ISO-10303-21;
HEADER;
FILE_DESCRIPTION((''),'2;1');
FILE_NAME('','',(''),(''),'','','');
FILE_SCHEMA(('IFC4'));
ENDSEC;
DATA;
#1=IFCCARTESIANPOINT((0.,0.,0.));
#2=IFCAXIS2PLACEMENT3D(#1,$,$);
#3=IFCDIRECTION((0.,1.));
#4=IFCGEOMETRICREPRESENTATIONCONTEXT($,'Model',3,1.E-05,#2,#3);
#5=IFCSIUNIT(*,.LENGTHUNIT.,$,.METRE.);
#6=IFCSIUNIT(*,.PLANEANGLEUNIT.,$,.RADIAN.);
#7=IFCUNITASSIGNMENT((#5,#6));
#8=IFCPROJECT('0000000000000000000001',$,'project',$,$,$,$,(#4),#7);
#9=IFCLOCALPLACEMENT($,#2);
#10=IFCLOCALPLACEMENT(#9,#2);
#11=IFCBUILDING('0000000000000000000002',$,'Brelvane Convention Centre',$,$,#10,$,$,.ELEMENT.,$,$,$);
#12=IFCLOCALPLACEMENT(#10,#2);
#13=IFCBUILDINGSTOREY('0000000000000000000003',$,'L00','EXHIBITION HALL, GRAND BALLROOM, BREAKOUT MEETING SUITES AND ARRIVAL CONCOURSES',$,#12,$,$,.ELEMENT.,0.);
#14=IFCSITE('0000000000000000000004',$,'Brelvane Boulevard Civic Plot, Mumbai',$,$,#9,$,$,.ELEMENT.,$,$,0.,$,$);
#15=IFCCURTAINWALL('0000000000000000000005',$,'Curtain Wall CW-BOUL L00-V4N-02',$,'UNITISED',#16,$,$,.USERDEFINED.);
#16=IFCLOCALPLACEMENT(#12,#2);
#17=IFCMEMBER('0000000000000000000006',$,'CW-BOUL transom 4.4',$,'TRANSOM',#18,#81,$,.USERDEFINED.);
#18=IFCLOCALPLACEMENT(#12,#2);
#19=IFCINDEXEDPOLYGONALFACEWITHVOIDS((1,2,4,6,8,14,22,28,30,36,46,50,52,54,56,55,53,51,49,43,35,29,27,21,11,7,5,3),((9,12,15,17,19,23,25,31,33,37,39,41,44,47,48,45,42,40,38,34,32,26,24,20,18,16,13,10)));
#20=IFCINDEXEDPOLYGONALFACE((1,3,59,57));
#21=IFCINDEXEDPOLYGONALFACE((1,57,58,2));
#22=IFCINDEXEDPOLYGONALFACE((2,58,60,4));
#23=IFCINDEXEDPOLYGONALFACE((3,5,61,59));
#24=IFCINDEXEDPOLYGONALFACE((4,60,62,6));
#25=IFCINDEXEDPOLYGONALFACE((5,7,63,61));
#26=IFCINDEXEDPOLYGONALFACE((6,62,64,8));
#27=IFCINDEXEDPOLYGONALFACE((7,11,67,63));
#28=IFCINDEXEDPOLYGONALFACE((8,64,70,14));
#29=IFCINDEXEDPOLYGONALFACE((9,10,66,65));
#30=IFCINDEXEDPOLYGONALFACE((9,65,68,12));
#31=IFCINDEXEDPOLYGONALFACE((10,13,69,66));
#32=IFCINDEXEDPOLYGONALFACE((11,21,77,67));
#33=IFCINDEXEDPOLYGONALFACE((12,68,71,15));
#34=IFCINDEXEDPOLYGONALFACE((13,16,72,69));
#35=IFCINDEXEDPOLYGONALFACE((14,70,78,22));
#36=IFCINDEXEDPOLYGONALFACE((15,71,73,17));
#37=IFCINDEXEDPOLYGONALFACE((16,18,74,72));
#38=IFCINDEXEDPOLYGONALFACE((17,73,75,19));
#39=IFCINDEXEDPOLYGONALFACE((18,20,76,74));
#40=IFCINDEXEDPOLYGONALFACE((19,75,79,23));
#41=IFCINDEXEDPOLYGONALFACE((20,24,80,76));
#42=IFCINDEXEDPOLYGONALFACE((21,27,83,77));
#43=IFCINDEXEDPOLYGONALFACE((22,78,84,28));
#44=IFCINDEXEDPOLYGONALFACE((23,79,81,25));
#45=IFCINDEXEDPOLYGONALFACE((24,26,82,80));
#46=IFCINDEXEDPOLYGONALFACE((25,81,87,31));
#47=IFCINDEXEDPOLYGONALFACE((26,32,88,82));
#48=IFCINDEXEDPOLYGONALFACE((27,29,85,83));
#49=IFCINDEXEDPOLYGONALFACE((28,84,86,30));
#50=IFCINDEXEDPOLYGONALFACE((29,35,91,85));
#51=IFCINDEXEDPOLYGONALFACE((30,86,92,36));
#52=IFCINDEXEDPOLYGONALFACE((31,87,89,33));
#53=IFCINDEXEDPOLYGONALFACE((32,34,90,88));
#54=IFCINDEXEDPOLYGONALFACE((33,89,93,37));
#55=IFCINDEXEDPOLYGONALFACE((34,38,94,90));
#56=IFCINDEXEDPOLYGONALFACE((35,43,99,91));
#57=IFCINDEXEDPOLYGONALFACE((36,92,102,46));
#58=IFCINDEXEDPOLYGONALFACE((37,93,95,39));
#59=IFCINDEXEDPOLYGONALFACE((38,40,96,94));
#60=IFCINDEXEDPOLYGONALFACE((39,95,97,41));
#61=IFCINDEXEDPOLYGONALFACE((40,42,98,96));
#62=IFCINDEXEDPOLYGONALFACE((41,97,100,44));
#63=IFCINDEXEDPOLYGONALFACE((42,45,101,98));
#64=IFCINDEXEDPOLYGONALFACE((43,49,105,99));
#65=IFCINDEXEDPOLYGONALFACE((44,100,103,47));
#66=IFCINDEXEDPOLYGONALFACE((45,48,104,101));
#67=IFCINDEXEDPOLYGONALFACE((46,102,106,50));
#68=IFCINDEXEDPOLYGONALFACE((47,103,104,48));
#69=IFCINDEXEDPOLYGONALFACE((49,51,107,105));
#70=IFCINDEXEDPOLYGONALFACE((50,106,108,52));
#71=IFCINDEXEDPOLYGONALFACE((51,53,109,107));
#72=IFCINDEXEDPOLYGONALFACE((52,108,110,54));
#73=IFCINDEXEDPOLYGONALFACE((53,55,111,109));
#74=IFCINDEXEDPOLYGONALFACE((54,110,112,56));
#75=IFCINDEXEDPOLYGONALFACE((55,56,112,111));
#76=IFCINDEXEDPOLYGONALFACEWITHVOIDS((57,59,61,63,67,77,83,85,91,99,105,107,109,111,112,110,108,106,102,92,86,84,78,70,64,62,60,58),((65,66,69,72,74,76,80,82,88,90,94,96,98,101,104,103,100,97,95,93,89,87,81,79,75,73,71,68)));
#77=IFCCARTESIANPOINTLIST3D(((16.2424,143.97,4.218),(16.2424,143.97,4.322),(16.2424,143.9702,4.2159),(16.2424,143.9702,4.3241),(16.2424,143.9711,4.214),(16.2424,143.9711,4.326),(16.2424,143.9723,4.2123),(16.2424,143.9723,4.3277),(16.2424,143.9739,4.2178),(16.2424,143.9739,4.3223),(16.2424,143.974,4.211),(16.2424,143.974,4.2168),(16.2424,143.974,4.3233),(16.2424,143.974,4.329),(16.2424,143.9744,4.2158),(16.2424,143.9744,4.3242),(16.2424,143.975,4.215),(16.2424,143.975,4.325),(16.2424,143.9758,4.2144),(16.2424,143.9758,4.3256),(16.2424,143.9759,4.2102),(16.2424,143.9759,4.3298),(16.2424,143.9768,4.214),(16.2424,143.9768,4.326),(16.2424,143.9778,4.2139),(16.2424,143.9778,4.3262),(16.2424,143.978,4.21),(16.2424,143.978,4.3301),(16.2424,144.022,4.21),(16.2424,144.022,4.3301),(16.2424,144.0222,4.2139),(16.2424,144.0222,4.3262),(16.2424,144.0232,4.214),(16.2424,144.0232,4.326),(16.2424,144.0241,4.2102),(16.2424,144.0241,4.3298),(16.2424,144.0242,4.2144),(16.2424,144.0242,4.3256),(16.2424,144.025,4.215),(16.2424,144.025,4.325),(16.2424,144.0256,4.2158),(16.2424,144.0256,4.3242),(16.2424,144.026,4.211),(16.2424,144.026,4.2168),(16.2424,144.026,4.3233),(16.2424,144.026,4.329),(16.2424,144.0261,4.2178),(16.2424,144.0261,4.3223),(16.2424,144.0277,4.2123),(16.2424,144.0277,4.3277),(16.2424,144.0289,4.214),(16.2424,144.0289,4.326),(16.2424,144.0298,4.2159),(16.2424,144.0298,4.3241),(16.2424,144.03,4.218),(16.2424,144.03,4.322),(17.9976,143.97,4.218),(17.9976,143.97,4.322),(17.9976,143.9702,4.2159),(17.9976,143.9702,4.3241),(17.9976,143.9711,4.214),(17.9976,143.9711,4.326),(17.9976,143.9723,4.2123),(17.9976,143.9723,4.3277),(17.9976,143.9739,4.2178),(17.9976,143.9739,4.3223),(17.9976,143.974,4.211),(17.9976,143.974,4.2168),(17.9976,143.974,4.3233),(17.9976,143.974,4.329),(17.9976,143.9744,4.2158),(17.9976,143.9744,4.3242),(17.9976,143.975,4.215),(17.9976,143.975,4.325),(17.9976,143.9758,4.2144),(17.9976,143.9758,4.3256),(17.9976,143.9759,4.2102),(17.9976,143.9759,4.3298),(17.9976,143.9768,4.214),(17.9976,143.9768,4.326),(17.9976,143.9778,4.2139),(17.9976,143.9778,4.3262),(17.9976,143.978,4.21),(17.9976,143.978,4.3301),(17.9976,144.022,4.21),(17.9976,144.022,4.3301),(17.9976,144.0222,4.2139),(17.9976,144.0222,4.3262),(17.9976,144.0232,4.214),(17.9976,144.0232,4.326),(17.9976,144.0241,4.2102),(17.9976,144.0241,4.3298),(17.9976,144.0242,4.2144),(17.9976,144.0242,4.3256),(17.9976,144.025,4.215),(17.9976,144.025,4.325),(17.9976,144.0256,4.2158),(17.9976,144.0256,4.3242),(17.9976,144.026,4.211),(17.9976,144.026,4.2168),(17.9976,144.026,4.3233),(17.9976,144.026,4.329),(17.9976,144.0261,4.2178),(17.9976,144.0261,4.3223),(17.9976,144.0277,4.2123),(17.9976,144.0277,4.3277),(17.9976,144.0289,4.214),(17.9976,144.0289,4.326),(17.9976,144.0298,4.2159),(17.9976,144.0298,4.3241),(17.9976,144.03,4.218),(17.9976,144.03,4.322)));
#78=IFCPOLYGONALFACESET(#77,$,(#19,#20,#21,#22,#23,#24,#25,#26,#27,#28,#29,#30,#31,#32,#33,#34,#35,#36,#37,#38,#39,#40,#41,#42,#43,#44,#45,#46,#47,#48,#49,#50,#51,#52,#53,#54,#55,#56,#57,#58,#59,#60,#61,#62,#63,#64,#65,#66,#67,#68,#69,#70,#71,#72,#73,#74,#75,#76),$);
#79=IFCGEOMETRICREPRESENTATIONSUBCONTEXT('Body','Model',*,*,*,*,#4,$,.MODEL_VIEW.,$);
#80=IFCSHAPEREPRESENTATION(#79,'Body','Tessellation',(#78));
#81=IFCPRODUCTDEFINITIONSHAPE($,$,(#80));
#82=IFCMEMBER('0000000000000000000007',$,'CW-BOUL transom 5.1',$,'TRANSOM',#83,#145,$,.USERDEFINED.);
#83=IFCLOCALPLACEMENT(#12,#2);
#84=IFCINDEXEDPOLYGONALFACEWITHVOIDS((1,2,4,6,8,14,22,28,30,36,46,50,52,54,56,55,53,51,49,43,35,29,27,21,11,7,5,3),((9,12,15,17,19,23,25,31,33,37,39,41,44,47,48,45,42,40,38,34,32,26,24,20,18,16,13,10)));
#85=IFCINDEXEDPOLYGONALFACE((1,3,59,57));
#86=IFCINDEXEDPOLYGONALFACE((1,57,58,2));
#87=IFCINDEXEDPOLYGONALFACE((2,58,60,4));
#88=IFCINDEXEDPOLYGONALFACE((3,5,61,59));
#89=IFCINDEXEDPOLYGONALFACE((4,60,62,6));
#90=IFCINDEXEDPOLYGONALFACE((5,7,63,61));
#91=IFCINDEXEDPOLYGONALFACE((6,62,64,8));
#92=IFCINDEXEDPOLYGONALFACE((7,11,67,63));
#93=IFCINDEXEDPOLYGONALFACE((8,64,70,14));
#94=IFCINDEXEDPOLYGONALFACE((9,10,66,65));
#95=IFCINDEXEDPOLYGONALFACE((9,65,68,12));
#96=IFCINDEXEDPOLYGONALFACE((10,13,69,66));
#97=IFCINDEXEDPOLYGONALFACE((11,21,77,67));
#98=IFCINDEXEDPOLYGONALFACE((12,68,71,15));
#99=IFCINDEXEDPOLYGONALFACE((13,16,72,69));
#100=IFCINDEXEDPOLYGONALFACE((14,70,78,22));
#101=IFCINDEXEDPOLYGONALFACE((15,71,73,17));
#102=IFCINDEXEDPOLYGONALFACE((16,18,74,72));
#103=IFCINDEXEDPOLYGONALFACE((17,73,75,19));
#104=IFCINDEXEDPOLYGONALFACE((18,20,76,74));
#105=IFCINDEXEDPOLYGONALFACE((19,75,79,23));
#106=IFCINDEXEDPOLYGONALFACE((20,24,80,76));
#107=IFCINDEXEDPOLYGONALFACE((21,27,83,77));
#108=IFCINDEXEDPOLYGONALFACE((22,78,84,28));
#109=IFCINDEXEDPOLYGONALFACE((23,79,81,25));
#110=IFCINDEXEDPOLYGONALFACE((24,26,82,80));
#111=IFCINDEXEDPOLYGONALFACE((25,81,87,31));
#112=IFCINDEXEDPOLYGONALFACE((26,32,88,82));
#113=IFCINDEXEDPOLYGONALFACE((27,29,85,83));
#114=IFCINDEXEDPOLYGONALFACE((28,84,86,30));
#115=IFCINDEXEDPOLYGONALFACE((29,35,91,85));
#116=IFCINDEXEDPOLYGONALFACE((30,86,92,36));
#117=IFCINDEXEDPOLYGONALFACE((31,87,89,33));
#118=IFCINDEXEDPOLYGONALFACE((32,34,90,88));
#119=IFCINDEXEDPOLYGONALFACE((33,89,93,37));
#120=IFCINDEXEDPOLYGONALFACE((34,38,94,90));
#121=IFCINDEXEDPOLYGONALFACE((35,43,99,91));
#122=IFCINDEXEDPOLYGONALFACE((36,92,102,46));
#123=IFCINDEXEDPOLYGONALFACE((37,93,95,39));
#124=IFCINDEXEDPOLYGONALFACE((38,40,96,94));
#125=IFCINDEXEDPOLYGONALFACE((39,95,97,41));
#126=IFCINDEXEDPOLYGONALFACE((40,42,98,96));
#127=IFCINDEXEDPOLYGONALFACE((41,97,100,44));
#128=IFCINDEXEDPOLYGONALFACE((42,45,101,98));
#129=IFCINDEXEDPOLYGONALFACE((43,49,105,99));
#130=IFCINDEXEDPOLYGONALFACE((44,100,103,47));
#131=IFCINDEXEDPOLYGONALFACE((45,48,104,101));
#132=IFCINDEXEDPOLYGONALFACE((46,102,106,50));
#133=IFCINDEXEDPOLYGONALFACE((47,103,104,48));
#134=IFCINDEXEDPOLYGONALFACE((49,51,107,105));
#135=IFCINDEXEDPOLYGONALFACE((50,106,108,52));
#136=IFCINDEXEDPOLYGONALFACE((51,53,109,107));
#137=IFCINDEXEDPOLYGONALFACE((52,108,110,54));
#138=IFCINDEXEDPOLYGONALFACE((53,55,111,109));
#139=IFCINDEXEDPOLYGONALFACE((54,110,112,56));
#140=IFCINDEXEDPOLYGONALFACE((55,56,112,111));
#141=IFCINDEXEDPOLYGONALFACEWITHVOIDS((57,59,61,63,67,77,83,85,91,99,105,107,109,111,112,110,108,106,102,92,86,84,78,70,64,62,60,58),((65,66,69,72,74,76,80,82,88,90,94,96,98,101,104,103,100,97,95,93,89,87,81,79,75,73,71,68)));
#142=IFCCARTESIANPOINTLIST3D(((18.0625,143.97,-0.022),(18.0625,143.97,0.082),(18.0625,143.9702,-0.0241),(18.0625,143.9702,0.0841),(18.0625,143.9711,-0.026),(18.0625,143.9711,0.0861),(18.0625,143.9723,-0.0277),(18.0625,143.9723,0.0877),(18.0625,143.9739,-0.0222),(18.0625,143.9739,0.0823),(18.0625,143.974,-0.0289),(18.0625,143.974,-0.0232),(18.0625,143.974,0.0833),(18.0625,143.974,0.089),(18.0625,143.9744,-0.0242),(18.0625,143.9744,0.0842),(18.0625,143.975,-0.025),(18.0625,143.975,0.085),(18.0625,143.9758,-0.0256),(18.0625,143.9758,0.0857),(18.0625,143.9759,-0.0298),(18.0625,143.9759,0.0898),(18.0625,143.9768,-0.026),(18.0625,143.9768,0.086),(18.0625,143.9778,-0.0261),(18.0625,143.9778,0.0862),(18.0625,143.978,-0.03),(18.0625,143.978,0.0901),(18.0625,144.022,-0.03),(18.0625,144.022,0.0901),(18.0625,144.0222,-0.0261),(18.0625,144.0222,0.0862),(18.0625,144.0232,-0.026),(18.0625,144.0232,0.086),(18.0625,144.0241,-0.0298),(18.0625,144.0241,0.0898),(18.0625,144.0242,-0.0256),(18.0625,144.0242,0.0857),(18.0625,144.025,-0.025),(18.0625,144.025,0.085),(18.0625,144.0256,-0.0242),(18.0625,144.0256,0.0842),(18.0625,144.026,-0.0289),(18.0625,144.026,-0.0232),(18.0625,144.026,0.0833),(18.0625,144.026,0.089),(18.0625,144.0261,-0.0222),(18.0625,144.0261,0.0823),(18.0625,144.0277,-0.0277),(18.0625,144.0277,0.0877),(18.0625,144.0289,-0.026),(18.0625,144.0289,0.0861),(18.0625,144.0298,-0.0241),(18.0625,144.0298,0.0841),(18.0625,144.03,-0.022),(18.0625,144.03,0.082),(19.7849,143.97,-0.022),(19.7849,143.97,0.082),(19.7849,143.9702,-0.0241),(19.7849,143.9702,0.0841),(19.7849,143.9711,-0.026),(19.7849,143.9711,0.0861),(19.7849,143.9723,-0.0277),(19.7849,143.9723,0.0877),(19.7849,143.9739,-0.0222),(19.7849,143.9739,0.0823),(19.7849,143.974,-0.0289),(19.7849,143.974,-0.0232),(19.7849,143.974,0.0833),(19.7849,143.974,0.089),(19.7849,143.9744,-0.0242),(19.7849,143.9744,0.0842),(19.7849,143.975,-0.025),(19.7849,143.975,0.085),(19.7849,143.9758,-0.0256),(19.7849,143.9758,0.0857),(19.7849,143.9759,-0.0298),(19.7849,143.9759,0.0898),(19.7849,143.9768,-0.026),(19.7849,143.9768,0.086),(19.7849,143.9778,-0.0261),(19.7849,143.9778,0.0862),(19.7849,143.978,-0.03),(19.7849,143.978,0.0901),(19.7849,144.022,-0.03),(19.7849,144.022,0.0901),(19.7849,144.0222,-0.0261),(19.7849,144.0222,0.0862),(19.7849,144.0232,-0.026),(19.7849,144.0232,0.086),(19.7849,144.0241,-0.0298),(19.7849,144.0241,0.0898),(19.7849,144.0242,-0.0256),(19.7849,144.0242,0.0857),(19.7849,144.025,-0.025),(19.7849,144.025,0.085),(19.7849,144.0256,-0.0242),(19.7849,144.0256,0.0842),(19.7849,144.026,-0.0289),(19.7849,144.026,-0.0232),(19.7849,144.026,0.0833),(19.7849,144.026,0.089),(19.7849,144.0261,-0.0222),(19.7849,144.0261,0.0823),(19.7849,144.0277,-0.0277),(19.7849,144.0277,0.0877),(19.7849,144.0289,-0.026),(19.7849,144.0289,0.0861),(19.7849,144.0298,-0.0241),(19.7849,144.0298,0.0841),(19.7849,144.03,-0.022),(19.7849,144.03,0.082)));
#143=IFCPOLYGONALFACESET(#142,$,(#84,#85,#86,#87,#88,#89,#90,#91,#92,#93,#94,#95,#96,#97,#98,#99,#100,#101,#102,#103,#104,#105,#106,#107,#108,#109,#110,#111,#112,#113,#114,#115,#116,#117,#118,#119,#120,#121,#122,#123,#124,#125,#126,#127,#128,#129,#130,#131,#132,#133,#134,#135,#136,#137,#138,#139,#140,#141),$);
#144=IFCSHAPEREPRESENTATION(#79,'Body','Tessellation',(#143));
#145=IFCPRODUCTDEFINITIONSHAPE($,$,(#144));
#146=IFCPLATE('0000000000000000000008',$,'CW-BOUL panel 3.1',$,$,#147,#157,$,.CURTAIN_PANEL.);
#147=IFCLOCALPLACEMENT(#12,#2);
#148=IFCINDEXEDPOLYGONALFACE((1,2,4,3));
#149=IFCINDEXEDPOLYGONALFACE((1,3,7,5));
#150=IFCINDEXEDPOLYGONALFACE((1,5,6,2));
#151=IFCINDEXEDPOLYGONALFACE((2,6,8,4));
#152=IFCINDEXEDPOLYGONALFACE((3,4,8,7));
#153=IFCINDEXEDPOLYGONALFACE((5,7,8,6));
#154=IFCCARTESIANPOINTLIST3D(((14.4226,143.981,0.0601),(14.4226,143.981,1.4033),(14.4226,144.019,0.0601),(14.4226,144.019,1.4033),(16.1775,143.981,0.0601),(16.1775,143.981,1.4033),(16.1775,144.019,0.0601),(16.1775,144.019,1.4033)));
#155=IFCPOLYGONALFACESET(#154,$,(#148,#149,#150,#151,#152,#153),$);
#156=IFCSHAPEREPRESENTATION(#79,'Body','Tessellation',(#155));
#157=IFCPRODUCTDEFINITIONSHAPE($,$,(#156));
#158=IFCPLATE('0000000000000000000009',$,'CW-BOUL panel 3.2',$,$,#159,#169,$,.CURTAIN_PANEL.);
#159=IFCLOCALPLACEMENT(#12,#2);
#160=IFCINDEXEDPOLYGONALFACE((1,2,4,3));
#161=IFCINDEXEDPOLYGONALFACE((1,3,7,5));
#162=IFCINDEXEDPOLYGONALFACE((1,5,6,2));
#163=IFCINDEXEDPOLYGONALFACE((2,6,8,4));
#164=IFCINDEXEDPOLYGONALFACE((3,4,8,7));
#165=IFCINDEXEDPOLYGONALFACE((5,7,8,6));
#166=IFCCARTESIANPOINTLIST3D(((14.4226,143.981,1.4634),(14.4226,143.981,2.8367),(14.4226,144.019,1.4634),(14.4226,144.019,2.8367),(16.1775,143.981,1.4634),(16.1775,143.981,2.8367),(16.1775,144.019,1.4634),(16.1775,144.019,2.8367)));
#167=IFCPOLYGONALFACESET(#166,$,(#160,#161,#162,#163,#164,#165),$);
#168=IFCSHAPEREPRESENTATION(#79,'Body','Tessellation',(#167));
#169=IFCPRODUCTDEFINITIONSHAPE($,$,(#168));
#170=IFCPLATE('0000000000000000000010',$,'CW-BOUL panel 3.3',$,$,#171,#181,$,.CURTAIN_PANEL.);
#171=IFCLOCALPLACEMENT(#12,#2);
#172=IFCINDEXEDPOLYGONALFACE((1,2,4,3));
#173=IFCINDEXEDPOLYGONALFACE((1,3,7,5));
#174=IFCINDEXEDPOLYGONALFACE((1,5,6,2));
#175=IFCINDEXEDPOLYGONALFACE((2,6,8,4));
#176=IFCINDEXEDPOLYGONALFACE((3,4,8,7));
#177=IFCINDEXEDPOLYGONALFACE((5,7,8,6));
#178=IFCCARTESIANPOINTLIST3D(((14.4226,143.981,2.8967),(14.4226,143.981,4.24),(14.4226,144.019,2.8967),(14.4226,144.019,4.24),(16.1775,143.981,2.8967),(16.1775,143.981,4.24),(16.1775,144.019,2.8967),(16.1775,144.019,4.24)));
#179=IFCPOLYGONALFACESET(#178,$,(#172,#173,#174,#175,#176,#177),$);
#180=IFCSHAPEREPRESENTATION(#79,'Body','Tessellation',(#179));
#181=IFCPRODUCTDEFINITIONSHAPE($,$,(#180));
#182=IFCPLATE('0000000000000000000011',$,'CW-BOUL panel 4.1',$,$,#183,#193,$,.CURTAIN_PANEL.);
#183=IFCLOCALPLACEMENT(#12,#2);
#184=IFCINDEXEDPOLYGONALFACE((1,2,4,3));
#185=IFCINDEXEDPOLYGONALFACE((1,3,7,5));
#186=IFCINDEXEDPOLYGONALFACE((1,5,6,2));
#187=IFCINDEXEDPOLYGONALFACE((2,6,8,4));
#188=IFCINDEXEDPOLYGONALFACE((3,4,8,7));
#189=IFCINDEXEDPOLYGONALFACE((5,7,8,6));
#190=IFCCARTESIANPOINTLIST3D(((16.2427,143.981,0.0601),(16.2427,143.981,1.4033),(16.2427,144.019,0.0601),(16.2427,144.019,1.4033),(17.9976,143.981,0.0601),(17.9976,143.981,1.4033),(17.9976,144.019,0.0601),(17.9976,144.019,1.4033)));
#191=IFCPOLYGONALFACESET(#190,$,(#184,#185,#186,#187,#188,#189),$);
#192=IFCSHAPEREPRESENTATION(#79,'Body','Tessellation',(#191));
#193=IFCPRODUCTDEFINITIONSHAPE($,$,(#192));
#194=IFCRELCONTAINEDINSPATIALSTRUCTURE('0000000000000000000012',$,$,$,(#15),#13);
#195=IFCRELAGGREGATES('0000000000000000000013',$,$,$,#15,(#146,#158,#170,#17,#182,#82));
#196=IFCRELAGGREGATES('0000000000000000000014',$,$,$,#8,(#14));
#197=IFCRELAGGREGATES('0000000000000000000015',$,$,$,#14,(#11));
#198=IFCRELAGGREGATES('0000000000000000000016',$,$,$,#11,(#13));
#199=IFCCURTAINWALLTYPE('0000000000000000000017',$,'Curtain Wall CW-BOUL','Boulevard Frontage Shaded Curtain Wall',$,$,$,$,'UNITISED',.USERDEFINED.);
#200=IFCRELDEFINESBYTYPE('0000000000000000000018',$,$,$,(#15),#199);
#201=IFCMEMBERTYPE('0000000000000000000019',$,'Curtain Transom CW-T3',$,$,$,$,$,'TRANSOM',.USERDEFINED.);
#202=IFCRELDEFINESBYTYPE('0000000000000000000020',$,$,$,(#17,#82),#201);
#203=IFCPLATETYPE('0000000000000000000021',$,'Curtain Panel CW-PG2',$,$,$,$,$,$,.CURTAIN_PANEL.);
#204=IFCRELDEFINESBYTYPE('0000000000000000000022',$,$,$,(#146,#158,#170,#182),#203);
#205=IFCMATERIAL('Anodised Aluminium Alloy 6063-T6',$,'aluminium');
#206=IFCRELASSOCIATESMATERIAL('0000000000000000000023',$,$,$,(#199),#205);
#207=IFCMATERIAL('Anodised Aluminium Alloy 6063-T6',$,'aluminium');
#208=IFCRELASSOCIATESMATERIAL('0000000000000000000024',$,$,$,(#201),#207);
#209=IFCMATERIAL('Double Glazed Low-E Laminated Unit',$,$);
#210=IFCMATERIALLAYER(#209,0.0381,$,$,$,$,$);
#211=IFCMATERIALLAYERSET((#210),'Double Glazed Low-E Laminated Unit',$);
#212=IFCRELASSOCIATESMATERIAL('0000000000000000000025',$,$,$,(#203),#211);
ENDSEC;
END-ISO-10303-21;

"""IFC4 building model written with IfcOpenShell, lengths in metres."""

from ifc_helpers import new_model, si_unit, direction, frame, origin, origin_2d, place, context, subcontext, project, spatial, rectangle, hollow_rectangle, extrude, material, layer, layer_set, material_profile, profile_set, type_object, element, aggregate, save


model = new_model("IFC4")

# Units and contexts
model_context = context("Model", 3, precision=1e-05, world=origin(), true_north=direction((0.0, 1.0)))
body_context = subcontext(model_context, "Body", "Model", "MODEL_VIEW")
ifc_project = project(units=[si_unit("LENGTHUNIT", "METRE"), si_unit("PLANEANGLEUNIT", "RADIAN")], contexts=[model_context])

# Site, building, storey
site_placement = place(None, origin())
site = spatial("IfcSite", under=ifc_project, at=site_placement, Name="Brelvane Boulevard Civic Plot, Mumbai", CompositionType="ELEMENT", RefElevation=0.0)
building_placement = place(site_placement, origin())
building = spatial("IfcBuilding", under=site, at=building_placement, Name="Brelvane Convention Centre", CompositionType="ELEMENT")
storey_placement = place(building_placement, origin())
storey = spatial("IfcBuildingStorey", under=building, at=storey_placement, Name="L00", Description="EXHIBITION HALL, GRAND BALLROOM, BREAKOUT MEETING SUITES AND ARRIVAL CONCOURSES", CompositionType="ELEMENT", Elevation=0.0)

# Curtain wall, members, plates
ifc_material_1 = material(Name="Anodised Aluminium Alloy 6063-T6", Category="aluminium")
curtain_wall_type = type_object("IfcCurtainWallType", Name="Curtain Wall CW-BOUL", Description="Boulevard Frontage Shaded Curtain Wall", ElementType="UNITISED", PredefinedType="USERDEFINED", material=ifc_material_1)
curtain_wall_placement = place(storey_placement, origin())
curtain_wall = element("IfcCurtainWall", 1, at=curtain_wall_placement, inside=storey, type_object=curtain_wall_type, Name="Curtain Wall CW-BOUL L00-V4N-02", ObjectType="UNITISED", PredefinedType="USERDEFINED")
ifc_material_2 = material(Name="Anodised Aluminium Alloy 6063-T6", Category="aluminium")
ifc_material_profile_1 = material_profile(ifc_material_2, hollow_rectangle(XDim=0.0601, YDim=0.1201, WallThickness=0.0039, InnerFilletRadius=0.0039, OuterFilletRadius=0.0081, at=origin_2d()), Name="ALU-T 120x60x4.0")
ifc_profile_set_1 = profile_set([ifc_material_profile_1], Name="Anodised Aluminium Alloy 6063-T6")
member_type_1 = type_object("IfcMemberType", Name="Curtain Transom CW-T3", ElementType="TRANSOM", PredefinedType="USERDEFINED", material=ifc_profile_set_1)
member_1_placement = place(storey_placement, frame((16.2424, 144.0, 4.27), z_axis=(1.0, 0.0, 0.0), x_axis=(0.0, 1.0, 0.0)))
member_1 = element("IfcMember", 2, at=member_1_placement, type_object=member_type_1, Name="CW-BOUL transom 4.4", ObjectType="TRANSOM", PredefinedType="USERDEFINED", context=body_context, shape_type="SweptSolid", body=[
    extrude(hollow_rectangle(XDim=0.0601, YDim=0.1201, WallThickness=0.0039, InnerFilletRadius=0.0039, OuterFilletRadius=0.0081, at=origin_2d()), origin(), (0.0, 0.0, 1.0), 1.7551),
])
member_2_placement = place(storey_placement, frame((18.0625, 144.0, 0.03), z_axis=(1.0, 0.0, 0.0), x_axis=(0.0, 1.0, 0.0)))
member_2 = element("IfcMember", 3, at=member_2_placement, type_object=member_type_1, Name="CW-BOUL transom 5.1", ObjectType="TRANSOM", PredefinedType="USERDEFINED", context=body_context, shape_type="SweptSolid", body=[
    extrude(hollow_rectangle(XDim=0.0601, YDim=0.1201, WallThickness=0.0039, InnerFilletRadius=0.0039, OuterFilletRadius=0.0081, at=origin_2d()), origin(), (0.0, 0.0, 1.0), 1.7224),
])
ifc_material_3 = material(Name="Double Glazed Low-E Laminated Unit")
ifc_layer = layer(ifc_material_3, 0.0381)
ifc_layer_set = layer_set([ifc_layer], Name="Double Glazed Low-E Laminated Unit")
plate_type = type_object("IfcPlateType", Name="Curtain Panel CW-PG2", PredefinedType="CURTAIN_PANEL", material=ifc_layer_set)
plate_1_placement = place(storey_placement, frame((15.3, 144.0, 0.0601), z_axis=(0.0, 0.0, 1.0), x_axis=(1.0, 0.0, 0.0)))
plate_1 = element("IfcPlate", 4, at=plate_1_placement, type_object=plate_type, Name="CW-BOUL panel 3.1", PredefinedType="CURTAIN_PANEL", context=body_context, shape_type="SweptSolid", body=[
    extrude(rectangle(XDim=1.7549, YDim=0.0381, at=origin_2d()), origin(), (0.0, 0.0, 1.0), 1.3433),
])
plate_2_placement = place(storey_placement, frame((15.3, 144.0, 1.4634), z_axis=(0.0, 0.0, 1.0), x_axis=(1.0, 0.0, 0.0)))
plate_2 = element("IfcPlate", 5, at=plate_2_placement, type_object=plate_type, Name="CW-BOUL panel 3.2", PredefinedType="CURTAIN_PANEL", context=body_context, shape_type="SweptSolid", body=[
    extrude(rectangle(XDim=1.7549, YDim=0.0381, at=origin_2d()), origin(), (0.0, 0.0, 1.0), 1.3733),
])
plate_3_placement = place(storey_placement, frame((15.3, 144.0, 2.8967), z_axis=(0.0, 0.0, 1.0), x_axis=(1.0, 0.0, 0.0)))
plate_3 = element("IfcPlate", 6, at=plate_3_placement, type_object=plate_type, Name="CW-BOUL panel 3.3", PredefinedType="CURTAIN_PANEL", context=body_context, shape_type="SweptSolid", body=[
    extrude(rectangle(XDim=1.7549, YDim=0.0381, at=origin_2d()), origin(), (0.0, 0.0, 1.0), 1.3433),
])
plate_4_placement = place(storey_placement, frame((17.1201, 144.0, 0.0601), z_axis=(0.0, 0.0, 1.0), x_axis=(1.0, 0.0, 0.0)))
plate_4 = element("IfcPlate", 7, at=plate_4_placement, type_object=plate_type, Name="CW-BOUL panel 4.1", PredefinedType="CURTAIN_PANEL", context=body_context, shape_type="SweptSolid", body=[
    extrude(rectangle(XDim=1.7549, YDim=0.0381, at=origin_2d()), origin(), (0.0, 0.0, 1.0), 1.3433),
])
aggregate(curtain_wall, [plate_1, plate_2, plate_3, member_1, plate_4, member_2])

save(model, "model.ifc")
